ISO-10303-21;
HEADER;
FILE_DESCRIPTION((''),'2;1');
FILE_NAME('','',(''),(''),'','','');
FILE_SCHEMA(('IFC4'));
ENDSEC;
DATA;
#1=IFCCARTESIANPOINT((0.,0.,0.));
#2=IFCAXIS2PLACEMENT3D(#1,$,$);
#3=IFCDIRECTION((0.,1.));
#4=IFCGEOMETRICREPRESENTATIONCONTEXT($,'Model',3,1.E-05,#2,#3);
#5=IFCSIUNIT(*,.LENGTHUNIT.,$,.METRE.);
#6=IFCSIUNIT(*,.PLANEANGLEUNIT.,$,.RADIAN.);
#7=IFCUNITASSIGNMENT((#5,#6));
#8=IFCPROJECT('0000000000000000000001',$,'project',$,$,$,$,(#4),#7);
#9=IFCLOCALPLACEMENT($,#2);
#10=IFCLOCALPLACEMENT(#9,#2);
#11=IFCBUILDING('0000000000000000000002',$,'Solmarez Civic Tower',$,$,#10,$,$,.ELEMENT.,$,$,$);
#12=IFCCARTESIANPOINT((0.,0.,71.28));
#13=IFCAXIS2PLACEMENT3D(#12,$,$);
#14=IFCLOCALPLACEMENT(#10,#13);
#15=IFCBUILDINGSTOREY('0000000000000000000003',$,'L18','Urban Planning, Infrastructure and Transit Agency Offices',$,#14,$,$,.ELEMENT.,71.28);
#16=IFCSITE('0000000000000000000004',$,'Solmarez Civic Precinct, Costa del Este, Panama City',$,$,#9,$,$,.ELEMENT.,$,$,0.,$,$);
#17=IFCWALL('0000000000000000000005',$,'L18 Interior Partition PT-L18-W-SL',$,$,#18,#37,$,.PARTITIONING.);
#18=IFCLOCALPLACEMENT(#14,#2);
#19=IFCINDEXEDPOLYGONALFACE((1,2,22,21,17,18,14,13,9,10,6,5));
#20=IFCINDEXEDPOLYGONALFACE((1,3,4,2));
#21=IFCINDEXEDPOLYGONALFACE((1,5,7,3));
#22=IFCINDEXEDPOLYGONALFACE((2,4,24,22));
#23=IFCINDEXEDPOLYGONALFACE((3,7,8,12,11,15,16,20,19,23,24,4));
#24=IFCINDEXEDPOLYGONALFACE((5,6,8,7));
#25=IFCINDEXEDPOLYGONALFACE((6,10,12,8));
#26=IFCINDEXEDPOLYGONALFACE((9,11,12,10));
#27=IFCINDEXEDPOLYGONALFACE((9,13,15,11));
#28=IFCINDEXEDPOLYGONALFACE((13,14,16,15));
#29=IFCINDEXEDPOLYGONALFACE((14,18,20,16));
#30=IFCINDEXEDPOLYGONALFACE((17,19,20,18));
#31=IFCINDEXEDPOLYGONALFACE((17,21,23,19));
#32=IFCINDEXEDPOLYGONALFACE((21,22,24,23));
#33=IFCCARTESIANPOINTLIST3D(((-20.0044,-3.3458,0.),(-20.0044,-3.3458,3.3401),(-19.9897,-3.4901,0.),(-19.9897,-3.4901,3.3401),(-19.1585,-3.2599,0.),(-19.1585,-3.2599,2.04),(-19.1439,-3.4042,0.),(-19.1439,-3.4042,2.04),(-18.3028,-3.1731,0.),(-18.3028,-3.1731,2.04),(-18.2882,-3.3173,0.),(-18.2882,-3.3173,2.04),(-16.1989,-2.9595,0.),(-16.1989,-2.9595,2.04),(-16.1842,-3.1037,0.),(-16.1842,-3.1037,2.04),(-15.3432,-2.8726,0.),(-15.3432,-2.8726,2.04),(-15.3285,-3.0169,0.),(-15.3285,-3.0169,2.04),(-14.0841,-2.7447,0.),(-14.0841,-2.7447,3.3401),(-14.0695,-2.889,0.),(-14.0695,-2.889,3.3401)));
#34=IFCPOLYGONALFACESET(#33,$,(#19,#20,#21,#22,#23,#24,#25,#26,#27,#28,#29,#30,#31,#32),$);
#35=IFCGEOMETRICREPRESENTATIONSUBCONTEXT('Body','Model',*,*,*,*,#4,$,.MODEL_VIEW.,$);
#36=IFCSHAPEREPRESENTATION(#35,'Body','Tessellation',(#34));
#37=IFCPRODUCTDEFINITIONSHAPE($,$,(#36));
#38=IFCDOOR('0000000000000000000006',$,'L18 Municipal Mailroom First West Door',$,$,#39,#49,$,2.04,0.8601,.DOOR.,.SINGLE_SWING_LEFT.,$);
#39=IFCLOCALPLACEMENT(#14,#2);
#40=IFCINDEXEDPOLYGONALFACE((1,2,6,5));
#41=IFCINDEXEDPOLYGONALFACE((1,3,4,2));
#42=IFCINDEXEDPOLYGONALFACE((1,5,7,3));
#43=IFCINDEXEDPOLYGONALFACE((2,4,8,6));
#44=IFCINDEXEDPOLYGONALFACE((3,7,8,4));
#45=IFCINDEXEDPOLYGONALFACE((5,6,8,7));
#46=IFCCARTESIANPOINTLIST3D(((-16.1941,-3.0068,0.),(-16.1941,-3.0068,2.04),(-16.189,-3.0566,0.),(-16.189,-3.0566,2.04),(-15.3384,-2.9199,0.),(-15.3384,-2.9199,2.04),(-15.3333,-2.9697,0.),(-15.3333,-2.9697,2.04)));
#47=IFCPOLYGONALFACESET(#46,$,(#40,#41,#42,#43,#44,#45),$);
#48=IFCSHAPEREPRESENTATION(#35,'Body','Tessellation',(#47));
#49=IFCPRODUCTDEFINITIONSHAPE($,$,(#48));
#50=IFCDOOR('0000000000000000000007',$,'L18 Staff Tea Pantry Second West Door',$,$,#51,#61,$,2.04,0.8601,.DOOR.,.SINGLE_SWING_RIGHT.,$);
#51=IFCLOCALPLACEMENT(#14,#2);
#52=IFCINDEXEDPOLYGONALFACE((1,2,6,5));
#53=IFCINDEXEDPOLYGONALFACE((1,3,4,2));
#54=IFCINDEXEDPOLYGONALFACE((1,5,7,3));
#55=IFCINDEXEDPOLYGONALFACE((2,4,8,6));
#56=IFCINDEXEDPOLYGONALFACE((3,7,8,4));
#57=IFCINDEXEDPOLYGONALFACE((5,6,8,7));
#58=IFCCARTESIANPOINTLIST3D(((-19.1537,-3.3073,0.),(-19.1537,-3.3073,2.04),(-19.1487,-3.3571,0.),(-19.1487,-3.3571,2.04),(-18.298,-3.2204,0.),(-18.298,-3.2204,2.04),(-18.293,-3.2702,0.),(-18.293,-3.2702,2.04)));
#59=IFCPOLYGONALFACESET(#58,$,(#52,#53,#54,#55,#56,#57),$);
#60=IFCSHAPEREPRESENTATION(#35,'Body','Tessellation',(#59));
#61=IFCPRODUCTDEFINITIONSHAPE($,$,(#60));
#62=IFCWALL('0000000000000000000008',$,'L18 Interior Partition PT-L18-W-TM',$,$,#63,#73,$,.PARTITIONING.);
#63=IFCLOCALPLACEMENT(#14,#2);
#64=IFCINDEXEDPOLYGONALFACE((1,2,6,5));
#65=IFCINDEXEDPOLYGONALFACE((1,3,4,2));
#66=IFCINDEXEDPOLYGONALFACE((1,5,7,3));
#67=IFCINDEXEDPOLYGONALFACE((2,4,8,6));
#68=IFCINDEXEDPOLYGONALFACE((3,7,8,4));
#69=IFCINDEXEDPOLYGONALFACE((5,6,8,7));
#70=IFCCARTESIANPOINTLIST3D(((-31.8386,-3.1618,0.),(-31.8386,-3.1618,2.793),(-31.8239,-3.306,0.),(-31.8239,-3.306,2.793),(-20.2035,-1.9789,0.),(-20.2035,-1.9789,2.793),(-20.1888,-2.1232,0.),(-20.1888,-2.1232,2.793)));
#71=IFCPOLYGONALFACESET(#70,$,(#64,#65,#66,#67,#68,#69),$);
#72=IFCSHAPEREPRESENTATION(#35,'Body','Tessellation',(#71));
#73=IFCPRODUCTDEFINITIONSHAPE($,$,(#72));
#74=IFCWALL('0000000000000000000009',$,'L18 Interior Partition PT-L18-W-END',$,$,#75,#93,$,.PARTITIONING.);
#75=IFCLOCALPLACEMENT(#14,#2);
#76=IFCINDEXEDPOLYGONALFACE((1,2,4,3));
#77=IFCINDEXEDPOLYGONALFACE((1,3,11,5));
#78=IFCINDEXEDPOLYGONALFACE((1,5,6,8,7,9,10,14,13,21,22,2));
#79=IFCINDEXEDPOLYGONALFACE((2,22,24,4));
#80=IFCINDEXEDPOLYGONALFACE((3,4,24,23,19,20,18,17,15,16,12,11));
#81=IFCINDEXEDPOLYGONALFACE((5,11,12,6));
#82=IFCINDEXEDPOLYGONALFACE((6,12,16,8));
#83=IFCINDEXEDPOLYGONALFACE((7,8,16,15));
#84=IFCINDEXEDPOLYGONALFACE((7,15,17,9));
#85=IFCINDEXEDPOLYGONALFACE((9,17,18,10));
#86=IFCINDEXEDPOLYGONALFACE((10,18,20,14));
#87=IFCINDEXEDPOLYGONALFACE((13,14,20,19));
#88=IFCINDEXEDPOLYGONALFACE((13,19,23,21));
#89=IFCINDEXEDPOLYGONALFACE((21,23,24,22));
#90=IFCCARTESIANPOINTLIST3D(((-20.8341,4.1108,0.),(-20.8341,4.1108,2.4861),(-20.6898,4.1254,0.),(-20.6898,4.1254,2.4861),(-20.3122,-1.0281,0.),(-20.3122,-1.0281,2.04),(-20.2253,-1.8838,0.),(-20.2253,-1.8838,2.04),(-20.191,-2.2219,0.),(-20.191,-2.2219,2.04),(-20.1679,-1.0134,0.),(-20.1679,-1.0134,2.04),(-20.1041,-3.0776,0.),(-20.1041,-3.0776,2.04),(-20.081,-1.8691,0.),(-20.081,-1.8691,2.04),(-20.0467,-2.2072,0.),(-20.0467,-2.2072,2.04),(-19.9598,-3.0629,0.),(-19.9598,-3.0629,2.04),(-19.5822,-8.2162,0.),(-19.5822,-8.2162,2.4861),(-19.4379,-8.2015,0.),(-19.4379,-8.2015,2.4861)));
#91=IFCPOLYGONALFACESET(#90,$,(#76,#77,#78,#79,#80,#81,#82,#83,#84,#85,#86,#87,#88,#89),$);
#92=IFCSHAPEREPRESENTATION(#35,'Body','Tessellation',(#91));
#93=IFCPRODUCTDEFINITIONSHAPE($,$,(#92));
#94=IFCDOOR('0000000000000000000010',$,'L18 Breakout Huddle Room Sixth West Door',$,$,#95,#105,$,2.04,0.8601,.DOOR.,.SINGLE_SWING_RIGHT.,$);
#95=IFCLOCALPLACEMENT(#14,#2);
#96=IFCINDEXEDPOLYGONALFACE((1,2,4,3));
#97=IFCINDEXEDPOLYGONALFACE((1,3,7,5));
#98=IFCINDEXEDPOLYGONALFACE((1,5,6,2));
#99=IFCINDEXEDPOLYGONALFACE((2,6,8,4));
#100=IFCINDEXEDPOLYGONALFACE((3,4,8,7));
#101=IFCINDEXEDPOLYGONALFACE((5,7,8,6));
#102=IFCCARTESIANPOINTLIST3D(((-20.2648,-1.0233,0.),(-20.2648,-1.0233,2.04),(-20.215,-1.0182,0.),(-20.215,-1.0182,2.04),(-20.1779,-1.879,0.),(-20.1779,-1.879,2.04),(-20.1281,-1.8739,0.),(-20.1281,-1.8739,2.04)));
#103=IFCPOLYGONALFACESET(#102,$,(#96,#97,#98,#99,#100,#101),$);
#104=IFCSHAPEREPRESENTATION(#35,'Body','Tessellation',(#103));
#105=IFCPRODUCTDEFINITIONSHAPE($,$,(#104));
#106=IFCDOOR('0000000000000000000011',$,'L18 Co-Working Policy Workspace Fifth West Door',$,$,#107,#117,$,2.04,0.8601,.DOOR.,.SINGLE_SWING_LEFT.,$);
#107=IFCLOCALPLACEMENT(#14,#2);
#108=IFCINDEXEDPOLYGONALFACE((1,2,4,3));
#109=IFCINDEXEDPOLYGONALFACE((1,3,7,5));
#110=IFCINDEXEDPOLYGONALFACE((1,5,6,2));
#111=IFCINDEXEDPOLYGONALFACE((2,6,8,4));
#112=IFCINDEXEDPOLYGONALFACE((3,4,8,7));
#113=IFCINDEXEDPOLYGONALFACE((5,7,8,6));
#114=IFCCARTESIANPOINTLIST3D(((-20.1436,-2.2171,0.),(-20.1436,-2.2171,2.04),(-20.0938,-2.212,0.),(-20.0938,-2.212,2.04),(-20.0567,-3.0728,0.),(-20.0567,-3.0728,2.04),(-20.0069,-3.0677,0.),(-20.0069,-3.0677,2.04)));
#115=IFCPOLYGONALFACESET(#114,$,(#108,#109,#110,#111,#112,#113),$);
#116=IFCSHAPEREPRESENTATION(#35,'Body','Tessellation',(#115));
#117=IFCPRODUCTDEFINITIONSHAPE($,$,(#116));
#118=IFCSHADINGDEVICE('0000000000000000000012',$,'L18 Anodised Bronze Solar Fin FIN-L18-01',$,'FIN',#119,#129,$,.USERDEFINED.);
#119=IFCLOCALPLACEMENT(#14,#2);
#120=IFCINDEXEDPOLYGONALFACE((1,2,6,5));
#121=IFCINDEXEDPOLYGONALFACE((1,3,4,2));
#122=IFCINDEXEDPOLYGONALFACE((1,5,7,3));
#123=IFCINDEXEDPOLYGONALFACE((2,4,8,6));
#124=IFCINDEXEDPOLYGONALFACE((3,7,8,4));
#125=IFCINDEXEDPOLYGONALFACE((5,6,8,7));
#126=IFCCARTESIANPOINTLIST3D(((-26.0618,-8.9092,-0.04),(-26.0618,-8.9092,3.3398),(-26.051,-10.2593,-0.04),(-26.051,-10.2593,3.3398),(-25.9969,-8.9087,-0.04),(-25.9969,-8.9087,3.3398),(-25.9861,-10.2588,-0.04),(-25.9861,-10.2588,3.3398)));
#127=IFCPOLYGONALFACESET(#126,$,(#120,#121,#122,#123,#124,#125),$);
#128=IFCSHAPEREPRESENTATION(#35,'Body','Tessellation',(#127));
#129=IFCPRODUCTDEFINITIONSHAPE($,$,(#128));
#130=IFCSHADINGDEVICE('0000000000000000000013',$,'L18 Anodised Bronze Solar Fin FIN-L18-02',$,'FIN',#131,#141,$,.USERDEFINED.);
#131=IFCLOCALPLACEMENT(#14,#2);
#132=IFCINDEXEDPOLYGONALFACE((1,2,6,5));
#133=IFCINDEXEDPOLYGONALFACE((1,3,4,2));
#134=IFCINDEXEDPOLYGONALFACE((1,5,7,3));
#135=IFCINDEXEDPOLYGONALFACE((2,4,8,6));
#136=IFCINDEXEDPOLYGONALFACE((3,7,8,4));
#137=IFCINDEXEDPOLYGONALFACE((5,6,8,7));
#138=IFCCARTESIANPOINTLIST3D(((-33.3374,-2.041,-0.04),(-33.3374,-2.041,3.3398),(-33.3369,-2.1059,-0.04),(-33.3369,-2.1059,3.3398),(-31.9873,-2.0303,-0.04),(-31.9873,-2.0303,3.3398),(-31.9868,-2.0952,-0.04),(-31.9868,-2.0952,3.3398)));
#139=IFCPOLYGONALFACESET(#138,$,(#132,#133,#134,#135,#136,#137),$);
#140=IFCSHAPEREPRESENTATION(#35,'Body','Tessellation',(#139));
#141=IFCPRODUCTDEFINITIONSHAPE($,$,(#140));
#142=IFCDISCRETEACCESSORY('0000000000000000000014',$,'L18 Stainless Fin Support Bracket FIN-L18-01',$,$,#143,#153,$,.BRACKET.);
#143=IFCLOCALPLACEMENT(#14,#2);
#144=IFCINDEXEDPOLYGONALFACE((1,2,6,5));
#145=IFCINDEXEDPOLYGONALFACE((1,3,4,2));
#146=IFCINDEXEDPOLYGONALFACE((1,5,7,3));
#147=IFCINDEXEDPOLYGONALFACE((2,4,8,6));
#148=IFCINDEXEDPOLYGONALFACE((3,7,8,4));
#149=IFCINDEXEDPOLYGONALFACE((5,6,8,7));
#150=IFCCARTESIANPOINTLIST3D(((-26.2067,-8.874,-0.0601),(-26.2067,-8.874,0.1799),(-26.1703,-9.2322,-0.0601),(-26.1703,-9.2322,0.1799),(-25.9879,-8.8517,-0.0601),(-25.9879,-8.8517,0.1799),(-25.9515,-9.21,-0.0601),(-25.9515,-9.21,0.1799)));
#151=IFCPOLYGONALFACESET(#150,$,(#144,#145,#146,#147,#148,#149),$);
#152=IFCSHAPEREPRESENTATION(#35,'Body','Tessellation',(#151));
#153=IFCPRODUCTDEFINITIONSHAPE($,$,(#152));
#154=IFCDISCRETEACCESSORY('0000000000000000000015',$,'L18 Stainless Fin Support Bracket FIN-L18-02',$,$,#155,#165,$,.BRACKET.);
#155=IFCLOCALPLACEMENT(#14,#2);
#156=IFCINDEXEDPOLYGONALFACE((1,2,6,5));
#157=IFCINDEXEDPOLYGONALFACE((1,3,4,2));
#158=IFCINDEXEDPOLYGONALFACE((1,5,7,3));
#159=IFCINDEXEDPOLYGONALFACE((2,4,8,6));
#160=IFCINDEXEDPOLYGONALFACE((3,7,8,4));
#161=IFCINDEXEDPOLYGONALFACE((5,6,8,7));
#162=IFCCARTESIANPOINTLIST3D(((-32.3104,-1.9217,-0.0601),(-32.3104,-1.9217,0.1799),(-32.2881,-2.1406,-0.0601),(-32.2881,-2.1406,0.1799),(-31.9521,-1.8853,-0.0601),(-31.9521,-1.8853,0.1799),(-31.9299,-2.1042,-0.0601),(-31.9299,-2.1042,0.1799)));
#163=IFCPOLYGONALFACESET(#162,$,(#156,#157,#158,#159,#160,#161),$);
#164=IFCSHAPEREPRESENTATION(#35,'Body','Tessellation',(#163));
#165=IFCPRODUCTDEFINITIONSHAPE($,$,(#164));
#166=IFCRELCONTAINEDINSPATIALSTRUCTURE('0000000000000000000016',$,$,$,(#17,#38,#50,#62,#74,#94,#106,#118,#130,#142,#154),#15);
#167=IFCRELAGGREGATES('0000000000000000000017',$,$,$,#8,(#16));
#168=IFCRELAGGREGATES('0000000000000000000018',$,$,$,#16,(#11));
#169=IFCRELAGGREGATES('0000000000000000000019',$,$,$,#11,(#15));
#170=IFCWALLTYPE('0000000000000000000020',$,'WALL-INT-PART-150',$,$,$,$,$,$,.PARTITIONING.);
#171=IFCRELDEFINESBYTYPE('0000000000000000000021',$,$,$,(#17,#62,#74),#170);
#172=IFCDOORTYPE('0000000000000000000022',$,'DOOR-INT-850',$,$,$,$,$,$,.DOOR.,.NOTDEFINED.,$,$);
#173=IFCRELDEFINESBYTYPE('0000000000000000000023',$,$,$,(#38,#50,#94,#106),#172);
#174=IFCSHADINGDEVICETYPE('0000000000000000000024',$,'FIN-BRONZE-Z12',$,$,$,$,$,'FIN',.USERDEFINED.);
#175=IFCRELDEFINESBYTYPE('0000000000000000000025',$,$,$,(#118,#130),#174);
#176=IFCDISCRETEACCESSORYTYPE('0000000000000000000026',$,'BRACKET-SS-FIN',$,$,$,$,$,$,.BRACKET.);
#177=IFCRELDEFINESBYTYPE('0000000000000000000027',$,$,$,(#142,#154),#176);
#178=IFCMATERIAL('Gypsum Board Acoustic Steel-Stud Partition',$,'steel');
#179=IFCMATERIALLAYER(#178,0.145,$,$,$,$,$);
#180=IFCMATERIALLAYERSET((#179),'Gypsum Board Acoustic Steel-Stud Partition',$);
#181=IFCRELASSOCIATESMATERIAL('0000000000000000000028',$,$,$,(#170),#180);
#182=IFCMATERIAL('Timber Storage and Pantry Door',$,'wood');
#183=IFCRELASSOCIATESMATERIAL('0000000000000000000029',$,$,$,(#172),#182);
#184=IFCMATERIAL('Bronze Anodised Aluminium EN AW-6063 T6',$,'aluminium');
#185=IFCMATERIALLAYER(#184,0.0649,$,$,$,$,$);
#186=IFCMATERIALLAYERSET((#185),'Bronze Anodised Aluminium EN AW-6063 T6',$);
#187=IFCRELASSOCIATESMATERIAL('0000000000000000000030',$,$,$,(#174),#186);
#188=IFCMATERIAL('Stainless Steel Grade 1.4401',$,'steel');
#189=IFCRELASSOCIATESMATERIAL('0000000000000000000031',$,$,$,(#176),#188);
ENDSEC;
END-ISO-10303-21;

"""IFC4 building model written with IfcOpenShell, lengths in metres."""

from ifc_helpers import new_model, si_unit, direction, frame, frame_2d, origin, origin_2d, place, context, subcontext, project, spatial, rectangle, extrude, material, layer, layer_set, type_object, element, fill, save


model = new_model("IFC4")

# Units and contexts
model_context = context("Model", 3, precision=1e-05, world=origin(), true_north=direction((0.0, 1.0)))
body_context = subcontext(model_context, "Body", "Model", "MODEL_VIEW")
ifc_project = project(units=[si_unit("LENGTHUNIT", "METRE"), si_unit("PLANEANGLEUNIT", "RADIAN")], contexts=[model_context])

# Site, building, storey
site_placement = place(None, origin())
site = spatial("IfcSite", under=ifc_project, at=site_placement, Name="Solmarez Civic Precinct, Costa del Este, Panama City", CompositionType="ELEMENT", RefElevation=0.0)
building_placement = place(site_placement, origin())
building = spatial("IfcBuilding", under=site, at=building_placement, Name="Solmarez Civic Tower", CompositionType="ELEMENT")
storey_placement = place(building_placement, frame((0.0, 0.0, 71.28)))
storey = spatial("IfcBuildingStorey", under=building, at=storey_placement, Name="L18", Description="Urban Planning, Infrastructure and Transit Agency Offices", CompositionType="ELEMENT", Elevation=71.28)

# Shared definitions
ifc_material_1 = material(Name="Gypsum Board Acoustic Steel-Stud Partition", Category="steel")
ifc_layer_1 = layer(ifc_material_1, 0.145)
ifc_layer_set_1 = layer_set([ifc_layer_1], Name="Gypsum Board Acoustic Steel-Stud Partition")
wall_type_1 = type_object("IfcWallType", Name="WALL-INT-PART-150", PredefinedType="PARTITIONING", material=ifc_layer_set_1)

# Wall, openings, doors
wall_1_placement = place(storey_placement, frame((-19.9971, -3.418, 0.0), z_axis=(0.0, 0.0, 1.0), x_axis=(0.994885, 0.101011, 0.0)))
wall_1 = element("IfcWall", 1, at=wall_1_placement, inside=storey, type_object=wall_type_1, Name="L18 Interior Partition PT-L18-W-SL", PredefinedType="PARTITIONING", context=body_context, shape_type="SweptSolid", body=[
    extrude(rectangle(XDim=5.9507, YDim=0.145, at=frame_2d((2.9753, 0.0))), origin(), (0.0, 0.0, 1.0), 3.3401),
])
opening_1_placement = place(wall_1_placement, frame((3.825, 0.0, 0.0)))
opening_1 = element("IfcOpeningElement", 2, at=opening_1_placement, cuts=wall_1, PredefinedType="OPENING", context=body_context, shape_type="SweptSolid", body=[
    extrude(rectangle(XDim=0.8601, YDim=2.04, at=frame_2d((0.4302, 1.02))), frame((0.0, 0.0825, 0.0), z_axis=(0.0, -1.0, 0.0), x_axis=(1.0, 0.0, 0.0)), (0.0, 0.0, 1.0), 0.165),
])
opening_2_placement = place(wall_1_placement, frame((0.8501, 0.0, 0.0)))
opening_2 = element("IfcOpeningElement", 3, at=opening_2_placement, cuts=wall_1, PredefinedType="OPENING", context=body_context, shape_type="SweptSolid", body=[
    extrude(rectangle(XDim=0.8601, YDim=2.04, at=frame_2d((0.4302, 1.02))), frame((0.0, 0.0825, 0.0), z_axis=(0.0, -1.0, 0.0), x_axis=(1.0, 0.0, 0.0)), (0.0, 0.0, 1.0), 0.165),
])
ifc_material_2 = material(Name="Timber Storage and Pantry Door", Category="wood")
door_type = type_object("IfcDoorType", Name="DOOR-INT-850", OperationType="NOTDEFINED", PredefinedType="DOOR", material=ifc_material_2)
door_1_placement = place(opening_1_placement, origin())
door_1 = element("IfcDoor", 4, at=door_1_placement, inside=storey, type_object=door_type, Name="L18 Municipal Mailroom First West Door", OperationType="SINGLE_SWING_LEFT", OverallHeight=2.04, OverallWidth=0.8601, PredefinedType="DOOR", context=body_context, shape_type="SweptSolid", body=[
    extrude(rectangle(XDim=0.8601, YDim=2.04, at=frame_2d((0.4302, 1.02))), frame((0.0, 0.0249, 0.0), z_axis=(0.0, -1.0, 0.0), x_axis=(1.0, 0.0, 0.0)), (0.0, 0.0, 1.0), 0.05),
])
fill(opening_1, door_1)
door_2_placement = place(opening_2_placement, origin())
door_2 = element("IfcDoor", 5, at=door_2_placement, inside=storey, type_object=door_type, Name="L18 Staff Tea Pantry Second West Door", OperationType="SINGLE_SWING_RIGHT", OverallHeight=2.04, OverallWidth=0.8601, PredefinedType="DOOR", context=body_context, shape_type="SweptSolid", body=[
    extrude(rectangle(XDim=0.8601, YDim=2.04, at=frame_2d((0.4302, 1.02))), frame((0.0, 0.0249, 0.0), z_axis=(0.0, -1.0, 0.0), x_axis=(1.0, 0.0, 0.0)), (0.0, 0.0, 1.0), 0.05),
])
fill(opening_2, door_2)

# Wall
wall_2_placement = place(storey_placement, frame((-20.196, -2.051, 0.0), z_axis=(0.0, 0.0, 1.0), x_axis=(-0.994872, -0.101143, 0.0)))
element("IfcWall", 6, at=wall_2_placement, inside=storey, type_object=wall_type_1, Name="L18 Interior Partition PT-L18-W-TM", PredefinedType="PARTITIONING", context=body_context, shape_type="SweptSolid", body=[
    extrude(rectangle(XDim=11.6951, YDim=0.145, at=frame_2d((5.8477, 0.0))), origin(), (0.0, 0.0, 1.0), 2.793),
])

# Wall, openings, doors
wall_3_placement = place(storey_placement, frame((-19.51, -8.209, 0.0), z_axis=(0.0, 0.0, 1.0), x_axis=(-0.101043, 0.994882, 0.0)))
wall_3 = element("IfcWall", 7, at=wall_3_placement, inside=storey, type_object=wall_type_1, Name="L18 Interior Partition PT-L18-W-END", PredefinedType="PARTITIONING", context=body_context, shape_type="SweptSolid", body=[
    extrude(rectangle(XDim=12.3904, YDim=0.145, at=frame_2d((6.1953, 0.0))), origin(), (0.0, 0.0, 1.0), 2.4861),
])
opening_3_placement = place(wall_3_placement, frame((6.365, 0.0, 0.0)))
opening_3 = element("IfcOpeningElement", 8, at=opening_3_placement, cuts=wall_3, PredefinedType="OPENING", context=body_context, shape_type="SweptSolid", body=[
    extrude(rectangle(XDim=0.8601, YDim=2.04, at=frame_2d((0.4302, 1.02))), frame((0.0, 0.0825, 0.0), z_axis=(0.0, -1.0, 0.0), x_axis=(1.0, 0.0, 0.0)), (0.0, 0.0, 1.0), 0.165),
])
opening_4_placement = place(wall_3_placement, frame((5.165, 0.0, 0.0)))
opening_4 = element("IfcOpeningElement", 9, at=opening_4_placement, cuts=wall_3, PredefinedType="OPENING", context=body_context, shape_type="SweptSolid", body=[
    extrude(rectangle(XDim=0.8601, YDim=2.04, at=frame_2d((0.4302, 1.02))), frame((0.0, 0.0825, 0.0), z_axis=(0.0, -1.0, 0.0), x_axis=(1.0, 0.0, 0.0)), (0.0, 0.0, 1.0), 0.165),
])
door_3_placement = place(opening_3_placement, origin())
door_3 = element("IfcDoor", 10, at=door_3_placement, inside=storey, type_object=door_type, Name="L18 Breakout Huddle Room Sixth West Door", OperationType="SINGLE_SWING_RIGHT", OverallHeight=2.04, OverallWidth=0.8601, PredefinedType="DOOR", context=body_context, shape_type="SweptSolid", body=[
    extrude(rectangle(XDim=0.8601, YDim=2.04, at=frame_2d((0.4302, 1.02))), frame((0.0, 0.0249, 0.0), z_axis=(0.0, -1.0, 0.0), x_axis=(1.0, 0.0, 0.0)), (0.0, 0.0, 1.0), 0.05),
])
fill(opening_3, door_3)
door_4_placement = place(opening_4_placement, origin())
door_4 = element("IfcDoor", 11, at=door_4_placement, inside=storey, type_object=door_type, Name="L18 Co-Working Policy Workspace Fifth West Door", OperationType="SINGLE_SWING_LEFT", OverallHeight=2.04, OverallWidth=0.8601, PredefinedType="DOOR", context=body_context, shape_type="SweptSolid", body=[
    extrude(rectangle(XDim=0.8601, YDim=2.04, at=frame_2d((0.4302, 1.02))), frame((0.0, 0.0249, 0.0), z_axis=(0.0, -1.0, 0.0), x_axis=(1.0, 0.0, 0.0)), (0.0, 0.0, 1.0), 0.05),
])
fill(opening_4, door_4)

# Shading devices
ifc_material_3 = material(Name="Bronze Anodised Aluminium EN AW-6063 T6", Category="aluminium")
ifc_layer_2 = layer(ifc_material_3, 0.0649)
ifc_layer_set_2 = layer_set([ifc_layer_2], Name="Bronze Anodised Aluminium EN AW-6063 T6")
shading_device_type = type_object("IfcShadingDeviceType", Name="FIN-BRONZE-Z12", ElementType="FIN", PredefinedType="USERDEFINED", material=ifc_layer_set_2)
for number, where, z_axis, x_axis, name in (
    (12, (-26.0239, -9.584, -0.04), (0.0, 0.0, 1.0), (0.007994, -0.999968, 0.0), "L18 Anodised Bronze Solar Fin FIN-L18-01"),
    (13, (-32.6621, -2.0681, -0.04), (0.0, 0.0, 1.0), (-0.999968, -0.007941, 0.0), "L18 Anodised Bronze Solar Fin FIN-L18-02"),
):
    element("IfcShadingDevice", number, at=place(storey_placement, frame(where, z_axis=z_axis, x_axis=x_axis)), inside=storey, type_object=shading_device_type, Name=name, ObjectType="FIN", PredefinedType="USERDEFINED", context=body_context, shape_type="SweptSolid", body=[
        extrude(rectangle(XDim=1.3501, YDim=0.0649, at=origin_2d()), origin(), (0.0, 0.0, 1.0), 3.3799),
    ])

# Discrete accessories
ifc_material_4 = material(Name="Stainless Steel Grade 1.4401", Category="steel")
discrete_accessory_type = type_object("IfcDiscreteAccessoryType", Name="BRACKET-SS-FIN", PredefinedType="BRACKET", material=ifc_material_4)
for number, where, z_axis, x_axis, name in (
    (14, (-26.0791, -9.042, -0.0601), (0.0, 0.0, 1.0), (0.101091, -0.994877, 0.0), "L18 Stainless Fin Support Bracket FIN-L18-01"),
    (15, (-32.1201, -2.0129, -0.0601), (0.0, 0.0, 1.0), (-0.994881, -0.101056, 0.0), "L18 Stainless Fin Support Bracket FIN-L18-02"),
):
    element("IfcDiscreteAccessory", number, at=place(storey_placement, frame(where, z_axis=z_axis, x_axis=x_axis)), inside=storey, type_object=discrete_accessory_type, Name=name, PredefinedType="BRACKET", context=body_context, shape_type="SweptSolid", body=[
        extrude(rectangle(XDim=0.3601, YDim=0.22, at=origin_2d()), origin(), (0.0, 0.0, 1.0), 0.24),
    ])

save(model, "model.ifc")
